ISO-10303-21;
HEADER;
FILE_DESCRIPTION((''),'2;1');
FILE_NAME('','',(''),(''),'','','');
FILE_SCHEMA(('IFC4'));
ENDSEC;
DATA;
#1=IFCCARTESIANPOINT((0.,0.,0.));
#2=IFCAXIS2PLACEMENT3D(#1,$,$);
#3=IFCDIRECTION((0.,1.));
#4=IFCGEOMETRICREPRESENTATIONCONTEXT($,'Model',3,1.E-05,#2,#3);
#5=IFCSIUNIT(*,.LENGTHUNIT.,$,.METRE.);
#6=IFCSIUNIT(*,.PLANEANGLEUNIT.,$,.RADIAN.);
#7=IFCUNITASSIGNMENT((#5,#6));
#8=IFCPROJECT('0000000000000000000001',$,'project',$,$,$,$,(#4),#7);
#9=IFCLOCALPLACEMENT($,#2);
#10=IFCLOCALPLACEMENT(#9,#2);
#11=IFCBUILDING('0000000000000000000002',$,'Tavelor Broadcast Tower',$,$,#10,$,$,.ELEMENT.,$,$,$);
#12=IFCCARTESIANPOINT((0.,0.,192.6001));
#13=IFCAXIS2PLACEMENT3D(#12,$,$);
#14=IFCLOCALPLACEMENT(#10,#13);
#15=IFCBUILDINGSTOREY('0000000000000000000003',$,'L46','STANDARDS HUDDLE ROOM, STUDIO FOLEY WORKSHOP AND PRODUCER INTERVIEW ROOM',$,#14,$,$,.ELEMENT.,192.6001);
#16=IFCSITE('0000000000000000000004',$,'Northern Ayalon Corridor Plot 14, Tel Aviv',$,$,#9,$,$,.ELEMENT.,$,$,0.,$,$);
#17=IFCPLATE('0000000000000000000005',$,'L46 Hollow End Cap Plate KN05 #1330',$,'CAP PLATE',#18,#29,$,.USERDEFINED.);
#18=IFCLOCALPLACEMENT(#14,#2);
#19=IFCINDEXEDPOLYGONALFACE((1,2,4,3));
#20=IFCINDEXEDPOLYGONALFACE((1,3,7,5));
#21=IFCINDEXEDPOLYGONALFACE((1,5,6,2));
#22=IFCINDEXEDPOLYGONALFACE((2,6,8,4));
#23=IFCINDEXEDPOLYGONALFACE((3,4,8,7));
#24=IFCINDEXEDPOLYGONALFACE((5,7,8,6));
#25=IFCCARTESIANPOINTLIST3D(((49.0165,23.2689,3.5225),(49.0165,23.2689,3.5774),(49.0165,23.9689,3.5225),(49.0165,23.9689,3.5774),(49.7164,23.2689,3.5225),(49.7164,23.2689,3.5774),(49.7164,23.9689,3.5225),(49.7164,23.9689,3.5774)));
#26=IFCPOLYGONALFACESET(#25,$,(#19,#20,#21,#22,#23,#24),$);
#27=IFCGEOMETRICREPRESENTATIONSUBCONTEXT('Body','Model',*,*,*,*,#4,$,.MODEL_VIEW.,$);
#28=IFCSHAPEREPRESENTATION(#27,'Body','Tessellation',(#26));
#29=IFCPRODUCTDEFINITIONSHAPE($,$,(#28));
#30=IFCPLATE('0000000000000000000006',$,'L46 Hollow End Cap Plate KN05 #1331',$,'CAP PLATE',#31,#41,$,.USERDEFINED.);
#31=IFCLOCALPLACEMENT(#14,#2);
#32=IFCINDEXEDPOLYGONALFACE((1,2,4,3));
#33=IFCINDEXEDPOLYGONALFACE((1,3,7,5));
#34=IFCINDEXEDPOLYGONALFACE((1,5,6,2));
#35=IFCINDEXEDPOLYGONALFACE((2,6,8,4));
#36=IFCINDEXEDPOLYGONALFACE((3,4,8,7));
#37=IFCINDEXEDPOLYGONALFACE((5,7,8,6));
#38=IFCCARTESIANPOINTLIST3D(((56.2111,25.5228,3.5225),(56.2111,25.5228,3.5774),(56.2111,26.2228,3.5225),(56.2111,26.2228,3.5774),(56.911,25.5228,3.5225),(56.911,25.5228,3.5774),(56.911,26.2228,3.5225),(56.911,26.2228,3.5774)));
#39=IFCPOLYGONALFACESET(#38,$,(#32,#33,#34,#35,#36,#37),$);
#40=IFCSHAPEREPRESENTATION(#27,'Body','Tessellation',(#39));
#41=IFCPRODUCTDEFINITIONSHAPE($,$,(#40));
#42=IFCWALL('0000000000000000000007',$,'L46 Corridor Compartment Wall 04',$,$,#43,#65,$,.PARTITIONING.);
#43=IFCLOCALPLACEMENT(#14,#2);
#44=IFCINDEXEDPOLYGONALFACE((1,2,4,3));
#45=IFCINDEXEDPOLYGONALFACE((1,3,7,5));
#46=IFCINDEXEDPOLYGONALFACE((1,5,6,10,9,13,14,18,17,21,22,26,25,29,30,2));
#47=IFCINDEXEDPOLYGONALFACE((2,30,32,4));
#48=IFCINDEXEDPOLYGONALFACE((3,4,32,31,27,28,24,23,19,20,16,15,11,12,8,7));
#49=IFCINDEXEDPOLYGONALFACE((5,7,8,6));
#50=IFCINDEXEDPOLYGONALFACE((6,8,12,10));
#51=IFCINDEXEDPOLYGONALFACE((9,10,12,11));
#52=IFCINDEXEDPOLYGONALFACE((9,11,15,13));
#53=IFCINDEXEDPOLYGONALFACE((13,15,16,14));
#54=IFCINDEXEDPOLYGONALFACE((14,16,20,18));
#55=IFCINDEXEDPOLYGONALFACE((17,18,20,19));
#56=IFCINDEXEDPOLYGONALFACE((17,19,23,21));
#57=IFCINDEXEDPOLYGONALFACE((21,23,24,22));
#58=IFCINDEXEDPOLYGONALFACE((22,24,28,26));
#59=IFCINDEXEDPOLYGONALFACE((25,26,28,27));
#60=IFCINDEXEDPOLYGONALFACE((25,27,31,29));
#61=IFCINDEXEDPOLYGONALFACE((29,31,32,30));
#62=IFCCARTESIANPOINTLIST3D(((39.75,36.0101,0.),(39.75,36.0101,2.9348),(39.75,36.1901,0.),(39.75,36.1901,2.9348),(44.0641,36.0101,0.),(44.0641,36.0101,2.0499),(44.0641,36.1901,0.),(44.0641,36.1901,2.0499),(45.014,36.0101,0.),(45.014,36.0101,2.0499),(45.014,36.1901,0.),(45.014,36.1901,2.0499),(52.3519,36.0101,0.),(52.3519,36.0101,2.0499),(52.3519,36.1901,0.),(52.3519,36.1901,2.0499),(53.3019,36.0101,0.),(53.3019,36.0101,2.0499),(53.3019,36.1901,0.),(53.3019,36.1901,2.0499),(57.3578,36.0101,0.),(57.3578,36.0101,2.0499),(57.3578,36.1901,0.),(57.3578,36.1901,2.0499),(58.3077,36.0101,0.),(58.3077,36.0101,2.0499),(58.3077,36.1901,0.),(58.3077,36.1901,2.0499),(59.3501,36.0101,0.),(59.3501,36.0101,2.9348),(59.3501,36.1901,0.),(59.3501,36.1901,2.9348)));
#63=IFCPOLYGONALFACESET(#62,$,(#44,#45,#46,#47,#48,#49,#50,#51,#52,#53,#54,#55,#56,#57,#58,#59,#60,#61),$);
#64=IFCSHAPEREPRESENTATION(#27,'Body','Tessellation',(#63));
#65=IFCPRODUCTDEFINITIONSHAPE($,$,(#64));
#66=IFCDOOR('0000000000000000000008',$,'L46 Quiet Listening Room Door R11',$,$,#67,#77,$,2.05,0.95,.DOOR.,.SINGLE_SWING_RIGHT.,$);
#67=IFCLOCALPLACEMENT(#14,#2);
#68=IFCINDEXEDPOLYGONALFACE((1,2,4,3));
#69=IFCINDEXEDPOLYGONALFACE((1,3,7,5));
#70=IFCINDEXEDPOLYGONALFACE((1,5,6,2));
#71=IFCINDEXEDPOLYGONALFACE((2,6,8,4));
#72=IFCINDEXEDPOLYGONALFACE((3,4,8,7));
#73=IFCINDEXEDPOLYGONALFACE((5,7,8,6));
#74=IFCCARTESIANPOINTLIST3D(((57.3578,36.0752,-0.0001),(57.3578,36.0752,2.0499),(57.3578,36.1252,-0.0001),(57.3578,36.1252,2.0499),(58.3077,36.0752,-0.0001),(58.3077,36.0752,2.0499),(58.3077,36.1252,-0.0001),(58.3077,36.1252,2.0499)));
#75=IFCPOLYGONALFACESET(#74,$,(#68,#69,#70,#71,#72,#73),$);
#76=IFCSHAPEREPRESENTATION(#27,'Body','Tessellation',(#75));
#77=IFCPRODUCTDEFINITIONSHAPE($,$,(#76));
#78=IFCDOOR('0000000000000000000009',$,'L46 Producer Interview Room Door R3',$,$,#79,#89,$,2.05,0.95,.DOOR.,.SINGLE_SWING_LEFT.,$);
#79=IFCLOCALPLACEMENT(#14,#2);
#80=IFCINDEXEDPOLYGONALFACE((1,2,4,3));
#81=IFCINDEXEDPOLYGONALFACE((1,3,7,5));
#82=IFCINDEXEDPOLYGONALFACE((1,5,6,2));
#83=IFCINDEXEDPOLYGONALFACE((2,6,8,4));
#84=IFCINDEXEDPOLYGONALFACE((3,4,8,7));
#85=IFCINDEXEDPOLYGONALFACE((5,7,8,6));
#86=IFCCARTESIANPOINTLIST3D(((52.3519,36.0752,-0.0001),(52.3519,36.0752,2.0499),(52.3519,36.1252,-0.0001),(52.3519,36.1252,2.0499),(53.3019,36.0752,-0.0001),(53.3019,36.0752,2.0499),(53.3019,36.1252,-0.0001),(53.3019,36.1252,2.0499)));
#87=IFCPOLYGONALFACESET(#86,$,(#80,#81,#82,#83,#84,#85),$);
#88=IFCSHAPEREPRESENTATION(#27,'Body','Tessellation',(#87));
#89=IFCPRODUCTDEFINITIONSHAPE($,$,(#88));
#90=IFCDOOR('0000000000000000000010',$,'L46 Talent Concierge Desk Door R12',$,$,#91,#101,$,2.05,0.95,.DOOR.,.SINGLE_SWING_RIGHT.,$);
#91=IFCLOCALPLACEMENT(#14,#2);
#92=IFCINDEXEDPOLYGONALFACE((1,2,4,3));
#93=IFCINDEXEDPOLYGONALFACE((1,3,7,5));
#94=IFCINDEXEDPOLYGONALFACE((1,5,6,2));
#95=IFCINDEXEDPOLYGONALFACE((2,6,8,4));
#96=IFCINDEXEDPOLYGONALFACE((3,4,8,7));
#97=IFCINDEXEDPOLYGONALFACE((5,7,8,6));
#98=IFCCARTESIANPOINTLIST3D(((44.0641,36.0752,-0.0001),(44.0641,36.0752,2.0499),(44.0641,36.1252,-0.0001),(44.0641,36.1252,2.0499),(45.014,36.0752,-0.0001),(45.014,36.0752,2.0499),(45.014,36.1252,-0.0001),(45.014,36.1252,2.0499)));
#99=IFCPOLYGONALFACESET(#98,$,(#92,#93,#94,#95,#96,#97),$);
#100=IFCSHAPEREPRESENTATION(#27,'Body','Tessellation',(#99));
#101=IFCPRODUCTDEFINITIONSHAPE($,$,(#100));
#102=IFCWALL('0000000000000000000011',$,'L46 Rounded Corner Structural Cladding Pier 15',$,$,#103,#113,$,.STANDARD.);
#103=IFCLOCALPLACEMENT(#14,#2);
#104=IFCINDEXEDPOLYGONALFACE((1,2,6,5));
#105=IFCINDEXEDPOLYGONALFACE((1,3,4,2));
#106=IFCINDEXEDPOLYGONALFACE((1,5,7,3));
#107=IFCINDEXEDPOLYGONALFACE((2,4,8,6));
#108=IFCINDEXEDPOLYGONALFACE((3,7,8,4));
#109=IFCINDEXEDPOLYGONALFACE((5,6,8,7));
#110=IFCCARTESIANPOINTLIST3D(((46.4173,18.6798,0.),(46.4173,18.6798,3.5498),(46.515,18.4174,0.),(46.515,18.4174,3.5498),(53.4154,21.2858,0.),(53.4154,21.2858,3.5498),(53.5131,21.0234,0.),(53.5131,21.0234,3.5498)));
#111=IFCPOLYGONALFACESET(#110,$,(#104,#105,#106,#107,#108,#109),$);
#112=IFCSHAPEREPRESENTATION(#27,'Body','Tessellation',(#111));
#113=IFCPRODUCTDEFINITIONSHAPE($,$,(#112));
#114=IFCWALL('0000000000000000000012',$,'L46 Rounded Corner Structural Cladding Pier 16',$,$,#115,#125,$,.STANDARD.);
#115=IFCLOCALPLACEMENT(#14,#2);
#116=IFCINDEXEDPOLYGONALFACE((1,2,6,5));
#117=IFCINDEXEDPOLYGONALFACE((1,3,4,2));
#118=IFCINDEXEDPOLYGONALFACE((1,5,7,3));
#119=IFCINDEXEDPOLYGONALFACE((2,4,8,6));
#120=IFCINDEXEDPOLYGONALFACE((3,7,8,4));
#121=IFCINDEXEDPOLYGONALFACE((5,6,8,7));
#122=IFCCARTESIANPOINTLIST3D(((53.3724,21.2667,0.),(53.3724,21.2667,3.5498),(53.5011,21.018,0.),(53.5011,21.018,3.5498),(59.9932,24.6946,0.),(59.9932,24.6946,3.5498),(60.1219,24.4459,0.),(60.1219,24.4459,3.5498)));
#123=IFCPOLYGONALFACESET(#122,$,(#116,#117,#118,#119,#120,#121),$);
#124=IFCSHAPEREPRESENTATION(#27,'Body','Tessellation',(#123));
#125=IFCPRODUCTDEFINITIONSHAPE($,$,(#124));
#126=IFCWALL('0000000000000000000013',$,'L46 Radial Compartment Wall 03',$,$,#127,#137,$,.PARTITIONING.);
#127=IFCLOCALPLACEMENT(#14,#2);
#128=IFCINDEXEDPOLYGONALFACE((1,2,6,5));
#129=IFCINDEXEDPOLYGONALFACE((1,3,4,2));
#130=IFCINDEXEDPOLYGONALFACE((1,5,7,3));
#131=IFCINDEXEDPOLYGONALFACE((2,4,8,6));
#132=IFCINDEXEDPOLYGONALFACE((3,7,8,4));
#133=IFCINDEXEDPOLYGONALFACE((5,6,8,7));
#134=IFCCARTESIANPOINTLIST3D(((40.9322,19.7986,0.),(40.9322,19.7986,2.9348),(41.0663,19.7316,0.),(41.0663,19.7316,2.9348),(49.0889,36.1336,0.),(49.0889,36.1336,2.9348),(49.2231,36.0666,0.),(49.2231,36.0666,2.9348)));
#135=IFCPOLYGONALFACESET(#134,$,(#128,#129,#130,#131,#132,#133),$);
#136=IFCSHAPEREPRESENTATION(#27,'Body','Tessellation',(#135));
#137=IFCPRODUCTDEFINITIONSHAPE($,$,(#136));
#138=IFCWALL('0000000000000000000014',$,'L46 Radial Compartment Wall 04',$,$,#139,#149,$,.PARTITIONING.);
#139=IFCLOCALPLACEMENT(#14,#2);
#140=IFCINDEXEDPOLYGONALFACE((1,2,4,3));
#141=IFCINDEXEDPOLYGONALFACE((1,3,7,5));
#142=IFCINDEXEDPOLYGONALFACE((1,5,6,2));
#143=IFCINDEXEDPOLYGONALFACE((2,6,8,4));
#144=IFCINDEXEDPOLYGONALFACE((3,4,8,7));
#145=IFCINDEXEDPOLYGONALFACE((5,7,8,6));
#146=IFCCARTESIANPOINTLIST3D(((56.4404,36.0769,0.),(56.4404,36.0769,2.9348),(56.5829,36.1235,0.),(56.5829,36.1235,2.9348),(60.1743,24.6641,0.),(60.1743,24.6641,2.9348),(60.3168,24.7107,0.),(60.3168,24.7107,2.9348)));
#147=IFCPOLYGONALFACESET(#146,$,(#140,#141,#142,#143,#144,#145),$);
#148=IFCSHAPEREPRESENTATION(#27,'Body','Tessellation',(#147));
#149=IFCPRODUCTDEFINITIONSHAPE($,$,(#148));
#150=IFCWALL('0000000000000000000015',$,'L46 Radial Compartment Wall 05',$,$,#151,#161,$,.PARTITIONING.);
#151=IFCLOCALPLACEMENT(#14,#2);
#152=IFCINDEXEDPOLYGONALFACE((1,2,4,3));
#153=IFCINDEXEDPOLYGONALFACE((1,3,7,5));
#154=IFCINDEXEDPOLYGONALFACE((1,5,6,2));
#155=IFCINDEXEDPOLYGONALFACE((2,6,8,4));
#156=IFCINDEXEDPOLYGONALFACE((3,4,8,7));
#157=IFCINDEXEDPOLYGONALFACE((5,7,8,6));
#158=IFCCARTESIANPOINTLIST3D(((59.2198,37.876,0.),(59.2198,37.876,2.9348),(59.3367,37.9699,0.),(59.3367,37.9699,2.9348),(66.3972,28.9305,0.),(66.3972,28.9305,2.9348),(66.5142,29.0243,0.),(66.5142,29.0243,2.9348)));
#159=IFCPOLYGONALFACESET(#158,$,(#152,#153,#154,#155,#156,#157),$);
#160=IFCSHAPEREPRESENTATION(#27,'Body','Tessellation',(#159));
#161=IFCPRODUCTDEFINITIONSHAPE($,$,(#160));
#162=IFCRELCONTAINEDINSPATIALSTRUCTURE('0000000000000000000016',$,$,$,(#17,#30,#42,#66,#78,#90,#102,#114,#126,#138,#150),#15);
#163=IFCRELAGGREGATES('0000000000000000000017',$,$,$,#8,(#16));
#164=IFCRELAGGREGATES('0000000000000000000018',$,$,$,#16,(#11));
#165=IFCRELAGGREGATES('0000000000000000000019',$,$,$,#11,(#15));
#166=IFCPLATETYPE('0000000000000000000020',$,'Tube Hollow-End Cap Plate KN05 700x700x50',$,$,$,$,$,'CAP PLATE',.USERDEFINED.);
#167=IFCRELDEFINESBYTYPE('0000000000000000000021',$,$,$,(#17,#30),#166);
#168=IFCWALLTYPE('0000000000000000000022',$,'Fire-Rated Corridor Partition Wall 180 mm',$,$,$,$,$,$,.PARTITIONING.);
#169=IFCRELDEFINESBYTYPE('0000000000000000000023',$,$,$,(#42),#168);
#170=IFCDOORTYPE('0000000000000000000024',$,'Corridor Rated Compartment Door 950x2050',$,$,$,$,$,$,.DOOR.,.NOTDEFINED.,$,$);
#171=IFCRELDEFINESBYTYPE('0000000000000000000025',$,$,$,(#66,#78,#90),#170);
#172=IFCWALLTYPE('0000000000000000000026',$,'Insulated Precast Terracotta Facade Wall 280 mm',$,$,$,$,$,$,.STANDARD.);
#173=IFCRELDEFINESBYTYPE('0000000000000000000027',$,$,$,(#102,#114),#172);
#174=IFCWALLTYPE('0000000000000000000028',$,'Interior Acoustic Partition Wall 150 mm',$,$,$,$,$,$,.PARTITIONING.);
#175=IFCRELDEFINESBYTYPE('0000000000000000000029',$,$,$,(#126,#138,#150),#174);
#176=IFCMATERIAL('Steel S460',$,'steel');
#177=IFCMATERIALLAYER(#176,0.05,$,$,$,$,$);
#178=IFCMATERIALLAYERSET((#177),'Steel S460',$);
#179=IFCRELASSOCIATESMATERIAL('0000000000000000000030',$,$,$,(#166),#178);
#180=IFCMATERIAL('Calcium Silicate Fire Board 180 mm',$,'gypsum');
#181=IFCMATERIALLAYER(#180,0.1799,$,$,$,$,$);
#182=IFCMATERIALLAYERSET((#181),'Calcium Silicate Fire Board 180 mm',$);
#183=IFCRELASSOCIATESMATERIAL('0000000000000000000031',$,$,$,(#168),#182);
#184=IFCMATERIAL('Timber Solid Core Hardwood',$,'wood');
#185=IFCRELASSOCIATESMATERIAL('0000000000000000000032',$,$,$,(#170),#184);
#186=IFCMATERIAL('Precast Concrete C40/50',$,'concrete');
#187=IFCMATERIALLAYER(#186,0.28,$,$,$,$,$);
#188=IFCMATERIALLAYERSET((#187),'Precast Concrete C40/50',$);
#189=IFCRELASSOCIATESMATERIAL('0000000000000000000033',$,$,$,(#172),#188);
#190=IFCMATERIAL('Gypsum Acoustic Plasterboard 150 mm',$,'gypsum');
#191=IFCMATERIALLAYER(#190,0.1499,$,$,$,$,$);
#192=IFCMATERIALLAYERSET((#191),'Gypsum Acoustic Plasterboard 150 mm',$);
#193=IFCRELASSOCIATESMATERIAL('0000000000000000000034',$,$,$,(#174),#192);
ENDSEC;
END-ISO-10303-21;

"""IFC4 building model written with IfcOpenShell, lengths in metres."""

from ifc_helpers import new_model, si_unit, direction, frame, frame_2d, origin, origin_2d, place, context, subcontext, project, spatial, rectangle, extrude, source, transform, mapped, material, layer, layer_set, type_object, type_shapes, element, fill, save


model = new_model("IFC4")

# Units and contexts
model_context = context("Model", 3, precision=1e-05, world=origin(), true_north=direction((0.0, 1.0)))
body_context = subcontext(model_context, "Body", "Model", "MODEL_VIEW")
ifc_project = project(units=[si_unit("LENGTHUNIT", "METRE"), si_unit("PLANEANGLEUNIT", "RADIAN")], contexts=[model_context])

# Site, building, storey
site_placement = place(None, origin())
site = spatial("IfcSite", under=ifc_project, at=site_placement, Name="Northern Ayalon Corridor Plot 14, Tel Aviv", CompositionType="ELEMENT", RefElevation=0.0)
building_placement = place(site_placement, origin())
building = spatial("IfcBuilding", under=site, at=building_placement, Name="Tavelor Broadcast Tower", CompositionType="ELEMENT")
storey_placement = place(building_placement, frame((0.0, 0.0, 192.6001)))
storey = spatial("IfcBuildingStorey", under=building, at=storey_placement, Name="L46", Description="STANDARDS HUDDLE ROOM, STUDIO FOLEY WORKSHOP AND PRODUCER INTERVIEW ROOM", CompositionType="ELEMENT", Elevation=192.6001)

# Shared definitions
ifc_material_1 = material(Name="Steel S460", Category="steel")

# Plates
ifc_layer_1 = layer(ifc_material_1, 0.05)
ifc_layer_set_1 = layer_set([ifc_layer_1], Name="Steel S460")
plate_type = type_object("IfcPlateType", Name="Tube Hollow-End Cap Plate KN05 700x700x50", ElementType="CAP PLATE", PredefinedType="USERDEFINED", material=ifc_layer_set_1)
shared_shape_1 = source(origin(), body_context, "Body", "SweptSolid", [
    extrude(rectangle(XDim=0.7, YDim=0.7, at=origin_2d()), origin(), (0.0, 0.0, 1.0), 0.0549),
])
type_shapes(plate_type, [shared_shape_1])
for number, where, z_axis, x_axis, name in (
    (1, (49.3665, 23.6189, 3.5225), (0.0, 0.0, 1.0), (1.0, 0.0, 0.0), "L46 Hollow End Cap Plate KN05 #1330"),
    (2, (56.561, 25.8728, 3.5225), (0.0, 0.0, 1.0), (1.0, 0.0, 0.0), "L46 Hollow End Cap Plate KN05 #1331"),
):
    element("IfcPlate", number, at=place(storey_placement, frame(where, z_axis=z_axis, x_axis=x_axis)), inside=storey, type_object=plate_type, Name=name, ObjectType="CAP PLATE", PredefinedType="USERDEFINED", context=body_context, shape_type="MappedRepresentation", body=[
        mapped(shared_shape_1, transform((0.0, 0.0, 0.0), scale=1.0)),
    ])

# Wall, openings, doors
ifc_material_2 = material(Name="Calcium Silicate Fire Board 180 mm", Category="gypsum")
ifc_layer_2 = layer(ifc_material_2, 0.1799)
ifc_layer_set_2 = layer_set([ifc_layer_2], Name="Calcium Silicate Fire Board 180 mm")
wall_type_1 = type_object("IfcWallType", Name="Fire-Rated Corridor Partition Wall 180 mm", PredefinedType="PARTITIONING", material=ifc_layer_set_2)
wall_1_placement = place(storey_placement, frame((59.3501, 36.1001, 0.0), z_axis=(0.0, 0.0, 1.0), x_axis=(-1.0, 0.0, 0.0)))
wall_1 = element("IfcWall", 3, at=wall_1_placement, inside=storey, type_object=wall_type_1, Name="L46 Corridor Compartment Wall 04", PredefinedType="PARTITIONING", context=body_context, shape_type="SweptSolid", body=[
    extrude(rectangle(XDim=19.6001, YDim=0.1799, at=frame_2d((9.8, 0.0))), origin(), (0.0, 0.0, 1.0), 2.9348),
])
opening_1_placement = place(wall_1_placement, frame((1.0422, 0.0, 0.0)))
opening_1 = element("IfcOpeningElement", 4, at=opening_1_placement, cuts=wall_1, PredefinedType="OPENING", context=body_context, shape_type="SweptSolid", body=[
    extrude(rectangle(XDim=0.95, YDim=2.05, at=frame_2d((0.4751, 1.0249))), frame((0.0, 0.1001, 0.0), z_axis=(0.0, -1.0, 0.0), x_axis=(1.0, 0.0, 0.0)), (0.0, 0.0, 1.0), 0.2),
])
opening_2_placement = place(wall_1_placement, frame((6.0481, 0.0, 0.0)))
opening_2 = element("IfcOpeningElement", 5, at=opening_2_placement, cuts=wall_1, PredefinedType="OPENING", context=body_context, shape_type="SweptSolid", body=[
    extrude(rectangle(XDim=0.95, YDim=2.05, at=frame_2d((0.4751, 1.0249))), frame((0.0, 0.1001, 0.0), z_axis=(0.0, -1.0, 0.0), x_axis=(1.0, 0.0, 0.0)), (0.0, 0.0, 1.0), 0.2),
])
opening_3_placement = place(wall_1_placement, frame((14.3359, 0.0, 0.0)))
opening_3 = element("IfcOpeningElement", 6, at=opening_3_placement, cuts=wall_1, PredefinedType="OPENING", context=body_context, shape_type="SweptSolid", body=[
    extrude(rectangle(XDim=0.95, YDim=2.05, at=frame_2d((0.4751, 1.0249))), frame((0.0, 0.1001, 0.0), z_axis=(0.0, -1.0, 0.0), x_axis=(1.0, 0.0, 0.0)), (0.0, 0.0, 1.0), 0.2),
])
ifc_material_3 = material(Name="Timber Solid Core Hardwood", Category="wood")
door_type_1 = type_object("IfcDoorType", Name="Corridor Rated Compartment Door 950x2050", OperationType="NOTDEFINED", PredefinedType="DOOR", material=ifc_material_3)
door_1_placement = place(opening_1_placement, origin())
door_1 = element("IfcDoor", 7, at=door_1_placement, inside=storey, type_object=door_type_1, Name="L46 Quiet Listening Room Door R11", OperationType="SINGLE_SWING_RIGHT", OverallHeight=2.05, OverallWidth=0.95, PredefinedType="DOOR", context=body_context, shape_type="SweptSolid", body=[
    extrude(rectangle(XDim=0.95, YDim=2.05, at=frame_2d((0.4751, 1.0249))), frame((0.0, 0.0249, 0.0), z_axis=(0.0, -1.0, 0.0), x_axis=(1.0, 0.0, 0.0)), (0.0, 0.0, 1.0), 0.05),
])
fill(opening_1, door_1)
door_2_placement = place(opening_2_placement, origin())
door_2 = element("IfcDoor", 8, at=door_2_placement, inside=storey, type_object=door_type_1, Name="L46 Producer Interview Room Door R3", OperationType="SINGLE_SWING_LEFT", OverallHeight=2.05, OverallWidth=0.95, PredefinedType="DOOR", context=body_context, shape_type="SweptSolid", body=[
    extrude(rectangle(XDim=0.95, YDim=2.05, at=frame_2d((0.4751, 1.0249))), frame((0.0, 0.0249, 0.0), z_axis=(0.0, -1.0, 0.0), x_axis=(1.0, 0.0, 0.0)), (0.0, 0.0, 1.0), 0.05),
])
fill(opening_2, door_2)
door_3_placement = place(opening_3_placement, origin())
door_3 = element("IfcDoor", 9, at=door_3_placement, inside=storey, type_object=door_type_1, Name="L46 Talent Concierge Desk Door R12", OperationType="SINGLE_SWING_RIGHT", OverallHeight=2.05, OverallWidth=0.95, PredefinedType="DOOR", context=body_context, shape_type="SweptSolid", body=[
    extrude(rectangle(XDim=0.95, YDim=2.05, at=frame_2d((0.4751, 1.0249))), frame((0.0, 0.0249, 0.0), z_axis=(0.0, -1.0, 0.0), x_axis=(1.0, 0.0, 0.0)), (0.0, 0.0, 1.0), 0.05),
])
fill(opening_3, door_3)

# Walls
ifc_material_4 = material(Name="Precast Concrete C40/50", Category="concrete")
ifc_layer_3 = layer(ifc_material_4, 0.28)
ifc_layer_set_3 = layer_set([ifc_layer_3], Name="Precast Concrete C40/50")
wall_type_2 = type_object("IfcWallType", Name="Insulated Precast Terracotta Facade Wall 280 mm", PredefinedType="STANDARD", material=ifc_layer_set_3)
wall_2_placement = place(storey_placement, frame((46.4661, 18.5486, 0.0), z_axis=(0.0, 0.0, 1.0), x_axis=(0.937133, 0.348973, 0.0)))
element("IfcWall", 10, at=wall_2_placement, inside=storey, type_object=wall_type_2, Name="L46 Rounded Corner Structural Cladding Pier 15", PredefinedType="STANDARD", context=body_context, shape_type="SweptSolid", body=[
    extrude(rectangle(XDim=7.4675, YDim=0.28, at=frame_2d((3.7339, 0.0))), origin(), (0.0, 0.0, 1.0), 3.5498),
])
wall_3_placement = place(storey_placement, frame((53.4368, 21.1423, 0.0), z_axis=(0.0, 0.0, 1.0), x_axis=(0.888031, 0.459783, 0.0)))
element("IfcWall", 11, at=wall_3_placement, inside=storey, type_object=wall_type_2, Name="L46 Rounded Corner Structural Cladding Pier 16", PredefinedType="STANDARD", context=body_context, shape_type="SweptSolid", body=[
    extrude(rectangle(XDim=7.4556, YDim=0.28, at=frame_2d((3.7278, 0.0))), origin(), (0.0, 0.0, 1.0), 3.5498),
])
ifc_material_5 = material(Name="Gypsum Acoustic Plasterboard 150 mm", Category="gypsum")
ifc_layer_4 = layer(ifc_material_5, 0.1499)
ifc_layer_set_4 = layer_set([ifc_layer_4], Name="Gypsum Acoustic Plasterboard 150 mm")
wall_type_3 = type_object("IfcWallType", Name="Interior Acoustic Partition Wall 150 mm", PredefinedType="PARTITIONING", material=ifc_layer_set_4)
wall_4_placement = place(storey_placement, frame((49.156, 36.1001, 0.0), z_axis=(0.0, 0.0, 1.0), x_axis=(-0.446743, -0.894662, 0.0)))
element("IfcWall", 12, at=wall_4_placement, inside=storey, type_object=wall_type_3, Name="L46 Radial Compartment Wall 03", PredefinedType="PARTITIONING", context=body_context, shape_type="SweptSolid", body=[
    extrude(rectangle(XDim=18.2583, YDim=0.1499, at=frame_2d((9.1292, 0.0))), origin(), (0.0, 0.0, 1.0), 2.9348),
])
wall_5_placement = place(storey_placement, frame((56.5117, 36.1001, 0.0), z_axis=(0.0, 0.0, 1.0), x_axis=(0.310947, -0.950427, 0.0)))
element("IfcWall", 13, at=wall_5_placement, inside=storey, type_object=wall_type_3, Name="L46 Radial Compartment Wall 04", PredefinedType="PARTITIONING", context=body_context, shape_type="SweptSolid", body=[
    extrude(rectangle(XDim=12.0081, YDim=0.1499, at=frame_2d((6.0039, 0.0))), origin(), (0.0, 0.0, 1.0), 2.9348),
])
wall_6_placement = place(storey_placement, frame((59.2783, 37.9229, 0.0), z_axis=(0.0, 0.0, 1.0), x_axis=(0.625813, -0.779973, 0.0)))
element("IfcWall", 14, at=wall_6_placement, inside=storey, type_object=wall_type_3, Name="L46 Radial Compartment Wall 05", PredefinedType="PARTITIONING", context=body_context, shape_type="SweptSolid", body=[
    extrude(rectangle(XDim=11.469, YDim=0.1499, at=frame_2d((5.7344, 0.0))), origin(), (0.0, 0.0, 1.0), 2.9348),
])

save(model, "model.ifc")
